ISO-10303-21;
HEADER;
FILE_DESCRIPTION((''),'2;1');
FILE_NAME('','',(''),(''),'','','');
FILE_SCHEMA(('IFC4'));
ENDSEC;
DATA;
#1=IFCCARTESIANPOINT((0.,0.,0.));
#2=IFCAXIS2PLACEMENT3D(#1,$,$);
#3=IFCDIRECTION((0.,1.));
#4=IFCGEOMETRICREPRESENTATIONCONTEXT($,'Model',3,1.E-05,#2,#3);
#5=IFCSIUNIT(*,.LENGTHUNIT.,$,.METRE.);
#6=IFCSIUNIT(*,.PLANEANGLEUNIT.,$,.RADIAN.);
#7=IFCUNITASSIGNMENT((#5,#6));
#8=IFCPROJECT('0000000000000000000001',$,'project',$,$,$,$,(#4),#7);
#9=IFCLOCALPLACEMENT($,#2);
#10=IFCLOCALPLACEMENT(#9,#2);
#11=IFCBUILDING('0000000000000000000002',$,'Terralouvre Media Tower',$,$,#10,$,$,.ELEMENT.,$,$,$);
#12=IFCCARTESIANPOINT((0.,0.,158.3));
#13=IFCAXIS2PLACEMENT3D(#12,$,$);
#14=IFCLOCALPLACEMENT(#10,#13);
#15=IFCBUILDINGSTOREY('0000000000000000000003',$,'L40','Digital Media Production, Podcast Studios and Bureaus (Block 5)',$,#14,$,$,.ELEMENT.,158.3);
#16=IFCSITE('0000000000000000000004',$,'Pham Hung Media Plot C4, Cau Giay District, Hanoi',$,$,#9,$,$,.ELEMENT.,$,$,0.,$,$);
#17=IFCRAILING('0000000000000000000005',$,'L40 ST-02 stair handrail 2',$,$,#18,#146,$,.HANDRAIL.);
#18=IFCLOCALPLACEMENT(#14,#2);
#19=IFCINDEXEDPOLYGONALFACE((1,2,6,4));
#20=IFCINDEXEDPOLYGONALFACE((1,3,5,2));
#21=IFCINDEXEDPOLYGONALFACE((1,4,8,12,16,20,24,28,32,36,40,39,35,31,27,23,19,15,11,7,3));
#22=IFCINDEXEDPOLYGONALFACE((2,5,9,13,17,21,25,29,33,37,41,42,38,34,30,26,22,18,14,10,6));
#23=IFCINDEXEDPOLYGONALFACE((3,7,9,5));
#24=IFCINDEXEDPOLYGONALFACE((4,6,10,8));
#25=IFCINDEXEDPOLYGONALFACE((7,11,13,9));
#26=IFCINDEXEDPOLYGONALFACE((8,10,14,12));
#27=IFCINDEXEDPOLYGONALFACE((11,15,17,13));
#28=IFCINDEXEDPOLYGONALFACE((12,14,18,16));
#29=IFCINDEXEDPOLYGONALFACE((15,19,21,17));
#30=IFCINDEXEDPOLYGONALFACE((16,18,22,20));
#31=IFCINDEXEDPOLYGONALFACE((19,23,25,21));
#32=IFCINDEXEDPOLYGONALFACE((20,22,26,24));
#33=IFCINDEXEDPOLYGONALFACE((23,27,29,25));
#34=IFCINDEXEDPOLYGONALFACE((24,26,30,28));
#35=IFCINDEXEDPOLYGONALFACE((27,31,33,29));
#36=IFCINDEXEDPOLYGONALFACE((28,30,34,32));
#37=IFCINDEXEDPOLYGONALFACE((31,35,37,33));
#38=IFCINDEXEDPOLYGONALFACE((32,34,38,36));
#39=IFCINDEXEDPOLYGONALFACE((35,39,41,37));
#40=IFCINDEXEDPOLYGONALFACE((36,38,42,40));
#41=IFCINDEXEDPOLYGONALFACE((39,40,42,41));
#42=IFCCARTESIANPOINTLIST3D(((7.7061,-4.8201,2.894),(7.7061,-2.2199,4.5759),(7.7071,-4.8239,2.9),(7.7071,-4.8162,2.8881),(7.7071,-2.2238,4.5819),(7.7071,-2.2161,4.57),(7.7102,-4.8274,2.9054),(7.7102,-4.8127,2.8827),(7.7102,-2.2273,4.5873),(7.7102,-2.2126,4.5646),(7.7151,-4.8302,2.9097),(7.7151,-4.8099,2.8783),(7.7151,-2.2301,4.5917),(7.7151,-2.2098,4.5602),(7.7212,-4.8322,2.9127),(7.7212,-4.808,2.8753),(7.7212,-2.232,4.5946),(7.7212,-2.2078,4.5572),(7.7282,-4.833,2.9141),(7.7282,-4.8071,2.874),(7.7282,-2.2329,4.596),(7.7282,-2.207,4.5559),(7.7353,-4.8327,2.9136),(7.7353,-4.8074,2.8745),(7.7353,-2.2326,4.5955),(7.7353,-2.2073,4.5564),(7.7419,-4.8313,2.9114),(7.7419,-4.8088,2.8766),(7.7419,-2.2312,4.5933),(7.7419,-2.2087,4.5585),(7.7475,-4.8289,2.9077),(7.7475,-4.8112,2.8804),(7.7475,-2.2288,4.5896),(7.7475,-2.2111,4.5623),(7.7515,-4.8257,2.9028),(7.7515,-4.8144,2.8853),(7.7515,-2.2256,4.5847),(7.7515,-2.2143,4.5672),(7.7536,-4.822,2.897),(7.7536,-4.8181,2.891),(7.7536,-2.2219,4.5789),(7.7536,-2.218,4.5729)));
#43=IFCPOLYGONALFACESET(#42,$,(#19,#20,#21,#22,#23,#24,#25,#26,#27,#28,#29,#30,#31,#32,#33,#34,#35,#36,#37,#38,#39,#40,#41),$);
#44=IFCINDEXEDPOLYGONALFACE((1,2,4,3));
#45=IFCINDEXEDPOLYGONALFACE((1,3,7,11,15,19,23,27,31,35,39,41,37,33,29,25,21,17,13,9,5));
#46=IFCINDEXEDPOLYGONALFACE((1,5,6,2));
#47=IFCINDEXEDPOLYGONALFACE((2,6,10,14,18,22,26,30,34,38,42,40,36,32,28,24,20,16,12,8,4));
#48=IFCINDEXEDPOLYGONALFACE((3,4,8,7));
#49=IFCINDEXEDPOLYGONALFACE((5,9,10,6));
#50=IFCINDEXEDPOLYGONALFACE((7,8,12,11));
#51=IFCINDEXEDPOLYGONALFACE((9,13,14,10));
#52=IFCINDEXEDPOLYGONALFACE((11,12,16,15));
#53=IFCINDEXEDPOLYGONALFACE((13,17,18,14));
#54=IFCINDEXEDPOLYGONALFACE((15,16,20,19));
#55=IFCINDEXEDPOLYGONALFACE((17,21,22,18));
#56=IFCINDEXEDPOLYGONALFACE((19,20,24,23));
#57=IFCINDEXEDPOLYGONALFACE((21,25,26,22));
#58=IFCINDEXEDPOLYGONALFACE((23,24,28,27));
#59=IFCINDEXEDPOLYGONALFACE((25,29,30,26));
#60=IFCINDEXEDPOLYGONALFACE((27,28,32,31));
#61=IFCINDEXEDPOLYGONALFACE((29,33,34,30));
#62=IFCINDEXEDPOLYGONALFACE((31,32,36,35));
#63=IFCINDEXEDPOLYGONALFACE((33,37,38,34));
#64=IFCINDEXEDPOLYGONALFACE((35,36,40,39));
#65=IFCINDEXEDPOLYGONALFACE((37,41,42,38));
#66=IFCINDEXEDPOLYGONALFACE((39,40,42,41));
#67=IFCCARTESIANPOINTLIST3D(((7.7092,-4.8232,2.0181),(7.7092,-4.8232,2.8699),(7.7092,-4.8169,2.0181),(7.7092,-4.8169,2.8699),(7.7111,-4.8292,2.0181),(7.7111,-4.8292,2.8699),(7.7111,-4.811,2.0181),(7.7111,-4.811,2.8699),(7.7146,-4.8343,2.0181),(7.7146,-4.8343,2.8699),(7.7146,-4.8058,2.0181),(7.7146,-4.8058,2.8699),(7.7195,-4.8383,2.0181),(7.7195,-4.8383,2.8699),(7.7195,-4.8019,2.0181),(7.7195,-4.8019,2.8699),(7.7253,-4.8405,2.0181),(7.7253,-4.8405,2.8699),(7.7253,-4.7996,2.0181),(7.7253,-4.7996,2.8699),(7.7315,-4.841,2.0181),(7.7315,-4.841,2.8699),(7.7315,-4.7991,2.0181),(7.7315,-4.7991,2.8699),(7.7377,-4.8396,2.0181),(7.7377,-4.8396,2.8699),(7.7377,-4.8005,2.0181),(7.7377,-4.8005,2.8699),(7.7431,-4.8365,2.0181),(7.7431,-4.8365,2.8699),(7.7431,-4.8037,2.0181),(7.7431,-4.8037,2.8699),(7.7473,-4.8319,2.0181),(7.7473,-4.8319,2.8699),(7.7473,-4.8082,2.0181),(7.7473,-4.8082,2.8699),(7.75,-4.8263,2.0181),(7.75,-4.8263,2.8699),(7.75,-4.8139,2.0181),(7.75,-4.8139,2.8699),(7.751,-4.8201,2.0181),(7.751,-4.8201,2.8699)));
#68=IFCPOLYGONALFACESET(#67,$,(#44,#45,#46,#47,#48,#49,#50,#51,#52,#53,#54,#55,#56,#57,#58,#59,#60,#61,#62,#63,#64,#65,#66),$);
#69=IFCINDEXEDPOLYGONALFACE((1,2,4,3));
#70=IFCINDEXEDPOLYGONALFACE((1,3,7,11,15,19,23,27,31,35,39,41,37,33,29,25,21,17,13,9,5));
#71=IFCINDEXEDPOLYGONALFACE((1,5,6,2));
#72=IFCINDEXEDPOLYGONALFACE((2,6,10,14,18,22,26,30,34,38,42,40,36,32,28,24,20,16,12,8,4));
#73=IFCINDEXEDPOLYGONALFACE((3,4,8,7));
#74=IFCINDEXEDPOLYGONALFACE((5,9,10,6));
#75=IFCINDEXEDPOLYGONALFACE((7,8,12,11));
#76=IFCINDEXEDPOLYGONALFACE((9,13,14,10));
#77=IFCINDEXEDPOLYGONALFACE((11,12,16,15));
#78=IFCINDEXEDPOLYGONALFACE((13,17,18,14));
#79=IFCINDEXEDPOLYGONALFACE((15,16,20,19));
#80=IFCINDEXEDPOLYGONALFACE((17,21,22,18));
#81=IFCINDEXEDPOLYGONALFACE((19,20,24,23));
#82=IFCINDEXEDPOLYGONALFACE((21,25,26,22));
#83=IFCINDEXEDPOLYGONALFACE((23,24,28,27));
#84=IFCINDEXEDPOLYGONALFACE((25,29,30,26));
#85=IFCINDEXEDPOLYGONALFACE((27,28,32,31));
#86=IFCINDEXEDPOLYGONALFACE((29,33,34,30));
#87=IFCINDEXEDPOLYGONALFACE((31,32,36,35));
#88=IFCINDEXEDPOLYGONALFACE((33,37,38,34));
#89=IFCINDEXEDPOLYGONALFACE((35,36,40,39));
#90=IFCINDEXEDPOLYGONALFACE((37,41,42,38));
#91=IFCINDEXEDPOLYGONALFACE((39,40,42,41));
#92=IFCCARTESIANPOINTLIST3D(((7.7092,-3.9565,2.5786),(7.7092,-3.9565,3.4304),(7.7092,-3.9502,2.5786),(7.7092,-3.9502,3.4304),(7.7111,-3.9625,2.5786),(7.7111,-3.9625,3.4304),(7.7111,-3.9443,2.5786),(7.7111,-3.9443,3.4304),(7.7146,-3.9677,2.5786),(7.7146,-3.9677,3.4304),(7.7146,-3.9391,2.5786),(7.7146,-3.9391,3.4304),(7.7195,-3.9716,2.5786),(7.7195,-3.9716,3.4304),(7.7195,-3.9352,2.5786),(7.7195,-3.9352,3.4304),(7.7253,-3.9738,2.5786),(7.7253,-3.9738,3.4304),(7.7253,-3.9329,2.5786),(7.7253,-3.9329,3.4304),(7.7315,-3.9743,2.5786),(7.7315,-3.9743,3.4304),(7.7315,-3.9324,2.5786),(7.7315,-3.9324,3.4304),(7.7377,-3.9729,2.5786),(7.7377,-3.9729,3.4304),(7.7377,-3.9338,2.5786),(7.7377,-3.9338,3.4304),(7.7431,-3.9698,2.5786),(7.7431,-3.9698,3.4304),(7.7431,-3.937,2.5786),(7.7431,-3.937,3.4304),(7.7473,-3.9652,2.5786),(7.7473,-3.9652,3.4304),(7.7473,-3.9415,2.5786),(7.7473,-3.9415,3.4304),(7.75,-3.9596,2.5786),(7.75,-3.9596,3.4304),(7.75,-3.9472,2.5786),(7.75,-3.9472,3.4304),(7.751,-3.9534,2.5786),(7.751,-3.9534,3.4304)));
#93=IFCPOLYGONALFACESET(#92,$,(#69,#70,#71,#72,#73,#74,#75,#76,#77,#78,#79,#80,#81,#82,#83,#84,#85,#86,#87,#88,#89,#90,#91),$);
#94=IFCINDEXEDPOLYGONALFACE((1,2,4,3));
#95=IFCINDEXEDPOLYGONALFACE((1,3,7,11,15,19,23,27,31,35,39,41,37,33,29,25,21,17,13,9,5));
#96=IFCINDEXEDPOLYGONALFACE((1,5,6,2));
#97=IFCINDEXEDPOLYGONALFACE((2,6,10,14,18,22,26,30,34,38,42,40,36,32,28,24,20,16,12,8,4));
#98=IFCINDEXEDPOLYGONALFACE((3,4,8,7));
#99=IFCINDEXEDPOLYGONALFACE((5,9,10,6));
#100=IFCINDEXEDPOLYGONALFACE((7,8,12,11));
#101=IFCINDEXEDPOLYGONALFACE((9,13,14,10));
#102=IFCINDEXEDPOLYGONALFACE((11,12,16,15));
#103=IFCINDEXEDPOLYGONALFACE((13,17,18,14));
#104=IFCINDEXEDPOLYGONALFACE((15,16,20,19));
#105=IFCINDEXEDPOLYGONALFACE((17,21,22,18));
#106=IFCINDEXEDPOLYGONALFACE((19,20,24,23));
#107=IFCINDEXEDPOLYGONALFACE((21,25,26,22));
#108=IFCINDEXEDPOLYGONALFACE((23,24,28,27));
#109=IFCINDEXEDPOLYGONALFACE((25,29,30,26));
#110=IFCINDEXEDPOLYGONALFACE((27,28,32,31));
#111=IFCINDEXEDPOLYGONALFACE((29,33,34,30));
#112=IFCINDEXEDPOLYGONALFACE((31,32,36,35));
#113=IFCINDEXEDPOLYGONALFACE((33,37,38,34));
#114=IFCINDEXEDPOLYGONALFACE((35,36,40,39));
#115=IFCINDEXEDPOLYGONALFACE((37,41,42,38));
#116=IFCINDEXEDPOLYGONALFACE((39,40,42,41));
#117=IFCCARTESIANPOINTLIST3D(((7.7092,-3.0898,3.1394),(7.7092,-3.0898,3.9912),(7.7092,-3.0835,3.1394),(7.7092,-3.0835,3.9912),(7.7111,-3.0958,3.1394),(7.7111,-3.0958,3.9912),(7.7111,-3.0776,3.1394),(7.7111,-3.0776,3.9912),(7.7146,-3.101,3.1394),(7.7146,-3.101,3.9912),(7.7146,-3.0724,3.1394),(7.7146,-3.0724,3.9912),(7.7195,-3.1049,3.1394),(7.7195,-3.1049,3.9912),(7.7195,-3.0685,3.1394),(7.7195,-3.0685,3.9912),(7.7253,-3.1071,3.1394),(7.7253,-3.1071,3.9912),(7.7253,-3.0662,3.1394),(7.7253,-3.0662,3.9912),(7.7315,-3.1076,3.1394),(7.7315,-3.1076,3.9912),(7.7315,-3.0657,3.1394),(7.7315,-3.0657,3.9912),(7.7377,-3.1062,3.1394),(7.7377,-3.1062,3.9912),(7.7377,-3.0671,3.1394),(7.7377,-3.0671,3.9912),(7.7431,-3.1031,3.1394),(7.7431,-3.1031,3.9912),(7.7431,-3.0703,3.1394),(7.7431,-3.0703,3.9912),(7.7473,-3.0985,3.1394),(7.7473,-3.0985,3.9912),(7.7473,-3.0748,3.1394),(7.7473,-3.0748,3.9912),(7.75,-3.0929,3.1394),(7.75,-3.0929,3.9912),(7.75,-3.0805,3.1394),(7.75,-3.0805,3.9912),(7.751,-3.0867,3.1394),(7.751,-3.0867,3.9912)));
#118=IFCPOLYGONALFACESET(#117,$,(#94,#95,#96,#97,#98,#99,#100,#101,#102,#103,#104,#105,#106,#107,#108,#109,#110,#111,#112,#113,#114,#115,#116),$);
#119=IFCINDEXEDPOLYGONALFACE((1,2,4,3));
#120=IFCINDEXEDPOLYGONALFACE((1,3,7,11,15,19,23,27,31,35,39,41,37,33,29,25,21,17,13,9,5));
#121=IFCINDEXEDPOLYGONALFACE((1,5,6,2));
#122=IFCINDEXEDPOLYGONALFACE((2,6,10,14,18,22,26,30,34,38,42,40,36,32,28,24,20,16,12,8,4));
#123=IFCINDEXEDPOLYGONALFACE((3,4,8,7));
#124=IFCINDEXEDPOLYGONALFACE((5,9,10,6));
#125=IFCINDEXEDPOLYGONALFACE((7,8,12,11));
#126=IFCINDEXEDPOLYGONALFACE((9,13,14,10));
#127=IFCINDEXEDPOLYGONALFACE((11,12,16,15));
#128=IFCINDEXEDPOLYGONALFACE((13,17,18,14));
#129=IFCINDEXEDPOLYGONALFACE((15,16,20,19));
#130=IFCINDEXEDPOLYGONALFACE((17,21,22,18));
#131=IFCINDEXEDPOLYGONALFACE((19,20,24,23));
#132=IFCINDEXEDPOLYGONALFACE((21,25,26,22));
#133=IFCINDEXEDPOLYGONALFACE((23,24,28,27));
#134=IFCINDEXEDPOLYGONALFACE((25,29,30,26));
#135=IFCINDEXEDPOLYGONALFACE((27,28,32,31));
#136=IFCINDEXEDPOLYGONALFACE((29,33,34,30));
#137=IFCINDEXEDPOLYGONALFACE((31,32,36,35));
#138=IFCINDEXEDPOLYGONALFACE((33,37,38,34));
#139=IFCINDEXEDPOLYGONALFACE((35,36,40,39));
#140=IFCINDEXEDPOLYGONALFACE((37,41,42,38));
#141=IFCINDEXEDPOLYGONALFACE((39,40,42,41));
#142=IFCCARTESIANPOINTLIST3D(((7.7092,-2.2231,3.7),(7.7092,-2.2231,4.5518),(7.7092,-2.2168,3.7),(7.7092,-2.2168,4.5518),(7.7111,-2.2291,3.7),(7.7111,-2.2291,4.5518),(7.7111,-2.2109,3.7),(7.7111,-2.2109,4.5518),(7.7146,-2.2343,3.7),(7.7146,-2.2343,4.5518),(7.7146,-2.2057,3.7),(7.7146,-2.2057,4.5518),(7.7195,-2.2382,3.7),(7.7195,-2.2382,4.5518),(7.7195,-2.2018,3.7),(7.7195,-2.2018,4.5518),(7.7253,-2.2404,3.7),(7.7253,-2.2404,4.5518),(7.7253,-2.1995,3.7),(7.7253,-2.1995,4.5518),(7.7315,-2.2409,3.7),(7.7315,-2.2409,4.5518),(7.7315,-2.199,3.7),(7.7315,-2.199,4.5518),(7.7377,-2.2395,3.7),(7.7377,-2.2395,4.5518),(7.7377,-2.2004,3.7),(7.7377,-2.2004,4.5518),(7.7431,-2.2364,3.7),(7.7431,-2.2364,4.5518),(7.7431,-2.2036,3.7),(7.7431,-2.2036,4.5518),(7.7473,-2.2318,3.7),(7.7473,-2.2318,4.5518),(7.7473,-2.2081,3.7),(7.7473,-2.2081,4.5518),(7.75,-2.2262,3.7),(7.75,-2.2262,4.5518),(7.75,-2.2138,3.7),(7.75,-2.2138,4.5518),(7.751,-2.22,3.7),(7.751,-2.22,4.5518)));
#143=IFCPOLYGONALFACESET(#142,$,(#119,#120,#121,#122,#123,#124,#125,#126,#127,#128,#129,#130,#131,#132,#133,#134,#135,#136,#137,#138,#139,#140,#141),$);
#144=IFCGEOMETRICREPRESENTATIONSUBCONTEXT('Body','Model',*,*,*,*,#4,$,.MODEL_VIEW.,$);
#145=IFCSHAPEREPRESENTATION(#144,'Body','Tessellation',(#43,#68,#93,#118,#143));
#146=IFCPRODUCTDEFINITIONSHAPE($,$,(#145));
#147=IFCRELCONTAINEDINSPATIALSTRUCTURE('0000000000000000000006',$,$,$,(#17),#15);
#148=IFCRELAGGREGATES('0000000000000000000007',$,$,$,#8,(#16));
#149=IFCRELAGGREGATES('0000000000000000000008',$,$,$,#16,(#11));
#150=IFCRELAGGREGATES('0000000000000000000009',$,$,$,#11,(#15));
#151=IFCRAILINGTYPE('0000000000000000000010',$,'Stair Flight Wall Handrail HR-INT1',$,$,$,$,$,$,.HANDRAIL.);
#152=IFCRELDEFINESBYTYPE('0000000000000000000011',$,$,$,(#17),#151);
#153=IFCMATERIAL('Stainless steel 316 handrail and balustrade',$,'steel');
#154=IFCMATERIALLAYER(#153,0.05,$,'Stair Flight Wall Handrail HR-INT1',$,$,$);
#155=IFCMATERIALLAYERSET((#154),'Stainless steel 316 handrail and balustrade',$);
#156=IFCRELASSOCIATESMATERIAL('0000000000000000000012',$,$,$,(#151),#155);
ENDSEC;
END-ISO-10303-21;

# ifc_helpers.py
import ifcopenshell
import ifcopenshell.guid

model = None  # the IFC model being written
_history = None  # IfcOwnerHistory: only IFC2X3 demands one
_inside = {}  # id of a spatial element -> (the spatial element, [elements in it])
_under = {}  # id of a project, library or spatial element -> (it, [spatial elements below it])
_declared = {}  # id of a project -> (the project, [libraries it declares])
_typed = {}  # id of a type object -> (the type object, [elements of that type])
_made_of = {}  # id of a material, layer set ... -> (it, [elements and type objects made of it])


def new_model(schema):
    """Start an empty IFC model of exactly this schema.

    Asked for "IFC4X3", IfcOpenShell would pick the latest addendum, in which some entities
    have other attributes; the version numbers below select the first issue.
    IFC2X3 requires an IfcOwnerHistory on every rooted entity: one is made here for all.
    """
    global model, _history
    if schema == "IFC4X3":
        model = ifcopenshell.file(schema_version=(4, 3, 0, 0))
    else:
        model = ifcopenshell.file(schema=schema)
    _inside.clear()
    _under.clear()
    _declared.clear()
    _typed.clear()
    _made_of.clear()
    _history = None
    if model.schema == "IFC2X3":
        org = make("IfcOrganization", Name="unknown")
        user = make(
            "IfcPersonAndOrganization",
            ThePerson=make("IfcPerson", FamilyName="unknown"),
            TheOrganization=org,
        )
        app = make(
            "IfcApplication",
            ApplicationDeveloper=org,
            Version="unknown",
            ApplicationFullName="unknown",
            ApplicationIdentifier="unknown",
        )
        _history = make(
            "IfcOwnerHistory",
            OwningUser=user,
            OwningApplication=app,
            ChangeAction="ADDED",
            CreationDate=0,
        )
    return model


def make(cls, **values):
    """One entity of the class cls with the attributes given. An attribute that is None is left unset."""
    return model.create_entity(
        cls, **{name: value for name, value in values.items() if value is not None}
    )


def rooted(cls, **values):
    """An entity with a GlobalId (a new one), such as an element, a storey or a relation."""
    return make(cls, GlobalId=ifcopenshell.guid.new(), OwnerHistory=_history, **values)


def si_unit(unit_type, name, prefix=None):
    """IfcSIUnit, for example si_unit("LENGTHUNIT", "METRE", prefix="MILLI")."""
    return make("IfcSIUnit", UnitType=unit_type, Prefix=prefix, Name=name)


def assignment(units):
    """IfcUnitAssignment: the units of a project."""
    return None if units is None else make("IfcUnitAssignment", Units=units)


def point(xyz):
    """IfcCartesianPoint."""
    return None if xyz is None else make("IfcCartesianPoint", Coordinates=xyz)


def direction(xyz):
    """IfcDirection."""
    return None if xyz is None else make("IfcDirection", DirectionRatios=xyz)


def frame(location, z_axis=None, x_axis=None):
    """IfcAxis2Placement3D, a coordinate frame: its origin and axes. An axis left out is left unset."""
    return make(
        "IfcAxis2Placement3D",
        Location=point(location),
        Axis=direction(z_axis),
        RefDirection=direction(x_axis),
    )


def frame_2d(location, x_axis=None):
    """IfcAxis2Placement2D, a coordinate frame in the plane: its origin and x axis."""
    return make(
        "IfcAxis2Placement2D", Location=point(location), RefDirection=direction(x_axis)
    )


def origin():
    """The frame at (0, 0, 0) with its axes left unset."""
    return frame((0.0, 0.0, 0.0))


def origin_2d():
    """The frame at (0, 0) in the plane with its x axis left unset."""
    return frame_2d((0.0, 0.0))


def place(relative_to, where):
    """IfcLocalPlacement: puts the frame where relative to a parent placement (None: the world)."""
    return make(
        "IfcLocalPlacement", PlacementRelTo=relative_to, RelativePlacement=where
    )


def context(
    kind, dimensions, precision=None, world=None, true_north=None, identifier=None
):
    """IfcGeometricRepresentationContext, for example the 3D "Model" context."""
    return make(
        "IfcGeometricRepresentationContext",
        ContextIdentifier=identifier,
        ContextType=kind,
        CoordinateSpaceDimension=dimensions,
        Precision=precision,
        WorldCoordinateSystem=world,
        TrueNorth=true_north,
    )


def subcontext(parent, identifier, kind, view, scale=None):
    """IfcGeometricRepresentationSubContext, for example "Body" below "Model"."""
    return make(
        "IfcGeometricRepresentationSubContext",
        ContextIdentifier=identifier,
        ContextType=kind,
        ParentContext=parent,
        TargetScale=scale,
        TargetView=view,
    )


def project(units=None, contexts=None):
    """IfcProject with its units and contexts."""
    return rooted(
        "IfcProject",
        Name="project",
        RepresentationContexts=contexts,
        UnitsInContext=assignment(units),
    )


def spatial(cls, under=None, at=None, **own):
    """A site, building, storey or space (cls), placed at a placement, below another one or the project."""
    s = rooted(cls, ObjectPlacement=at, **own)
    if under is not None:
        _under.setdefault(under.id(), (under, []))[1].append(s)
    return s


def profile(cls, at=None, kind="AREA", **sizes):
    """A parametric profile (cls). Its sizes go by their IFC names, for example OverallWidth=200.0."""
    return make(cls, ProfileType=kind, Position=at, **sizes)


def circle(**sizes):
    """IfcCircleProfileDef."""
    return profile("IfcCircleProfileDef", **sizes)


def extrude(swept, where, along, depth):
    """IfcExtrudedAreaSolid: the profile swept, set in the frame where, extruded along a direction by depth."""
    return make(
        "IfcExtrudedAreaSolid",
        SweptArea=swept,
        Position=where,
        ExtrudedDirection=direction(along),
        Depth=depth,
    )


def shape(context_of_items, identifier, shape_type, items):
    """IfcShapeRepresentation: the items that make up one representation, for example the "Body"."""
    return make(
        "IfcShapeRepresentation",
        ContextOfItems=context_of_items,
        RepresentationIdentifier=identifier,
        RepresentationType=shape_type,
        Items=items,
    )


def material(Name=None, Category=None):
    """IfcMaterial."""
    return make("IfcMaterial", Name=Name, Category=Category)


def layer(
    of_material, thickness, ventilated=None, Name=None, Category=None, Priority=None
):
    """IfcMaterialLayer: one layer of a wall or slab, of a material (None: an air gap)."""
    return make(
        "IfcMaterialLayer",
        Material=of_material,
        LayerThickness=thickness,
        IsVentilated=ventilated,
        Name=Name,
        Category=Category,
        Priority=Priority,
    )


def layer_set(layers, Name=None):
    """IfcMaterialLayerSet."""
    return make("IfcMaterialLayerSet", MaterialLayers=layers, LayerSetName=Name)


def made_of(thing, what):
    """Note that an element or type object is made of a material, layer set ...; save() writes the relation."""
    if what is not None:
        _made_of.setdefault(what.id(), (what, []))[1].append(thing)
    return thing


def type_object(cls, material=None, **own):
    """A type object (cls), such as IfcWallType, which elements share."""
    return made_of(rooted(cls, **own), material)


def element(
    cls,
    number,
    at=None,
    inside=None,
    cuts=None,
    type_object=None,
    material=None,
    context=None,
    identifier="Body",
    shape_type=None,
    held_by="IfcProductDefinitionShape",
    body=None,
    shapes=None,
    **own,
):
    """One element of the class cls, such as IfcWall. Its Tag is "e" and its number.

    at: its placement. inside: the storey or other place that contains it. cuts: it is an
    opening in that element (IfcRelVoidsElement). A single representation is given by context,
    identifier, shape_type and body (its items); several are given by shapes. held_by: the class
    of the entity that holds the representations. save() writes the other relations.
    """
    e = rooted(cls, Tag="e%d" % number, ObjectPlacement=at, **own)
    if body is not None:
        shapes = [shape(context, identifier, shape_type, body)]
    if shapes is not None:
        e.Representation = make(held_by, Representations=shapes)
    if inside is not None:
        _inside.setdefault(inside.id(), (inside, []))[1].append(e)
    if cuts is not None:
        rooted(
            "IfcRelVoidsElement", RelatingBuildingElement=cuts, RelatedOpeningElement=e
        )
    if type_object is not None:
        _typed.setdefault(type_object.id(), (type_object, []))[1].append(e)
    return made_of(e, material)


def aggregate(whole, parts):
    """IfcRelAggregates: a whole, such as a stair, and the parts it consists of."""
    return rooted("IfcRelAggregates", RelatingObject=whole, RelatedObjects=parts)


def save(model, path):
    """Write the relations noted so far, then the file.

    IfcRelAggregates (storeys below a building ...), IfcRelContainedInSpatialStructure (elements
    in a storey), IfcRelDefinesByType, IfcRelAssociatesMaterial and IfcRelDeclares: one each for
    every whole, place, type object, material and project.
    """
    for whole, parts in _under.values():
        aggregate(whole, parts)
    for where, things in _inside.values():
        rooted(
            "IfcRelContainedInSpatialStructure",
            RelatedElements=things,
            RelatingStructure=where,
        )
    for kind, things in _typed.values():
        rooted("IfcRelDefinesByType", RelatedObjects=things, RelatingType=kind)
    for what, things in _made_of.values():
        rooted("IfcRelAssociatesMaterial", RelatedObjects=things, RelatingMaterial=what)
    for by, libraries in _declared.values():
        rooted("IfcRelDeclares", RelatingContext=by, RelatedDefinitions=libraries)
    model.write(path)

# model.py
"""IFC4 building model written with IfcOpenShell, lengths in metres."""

from ifc_helpers import new_model, si_unit, direction, frame, origin, origin_2d, place, context, subcontext, project, spatial, circle, extrude, material, layer, layer_set, type_object, element, save


model = new_model("IFC4")

# Units and contexts
model_context = context("Model", 3, precision=1e-05, world=origin(), true_north=direction((0.0, 1.0)))
body_context = subcontext(model_context, "Body", "Model", "MODEL_VIEW")
ifc_project = project(units=[si_unit("LENGTHUNIT", "METRE"), si_unit("PLANEANGLEUNIT", "RADIAN")], contexts=[model_context])

# Site, building, storey
site_placement = place(None, origin())
site = spatial("IfcSite", under=ifc_project, at=site_placement, Name="Pham Hung Media Plot C4, Cau Giay District, Hanoi", CompositionType="ELEMENT", RefElevation=0.0)
building_placement = place(site_placement, origin())
building = spatial("IfcBuilding", under=site, at=building_placement, Name="Terralouvre Media Tower", CompositionType="ELEMENT")
storey_placement = place(building_placement, frame((0.0, 0.0, 158.3)))
storey = spatial("IfcBuildingStorey", under=building, at=storey_placement, Name="L40", Description="Digital Media Production, Podcast Studios and Bureaus (Block 5)", CompositionType="ELEMENT", Elevation=158.3)

# Railing
ifc_material_1 = material(Name="Stainless steel 316 handrail and balustrade", Category="steel")
ifc_layer_1 = layer(ifc_material_1, 0.05, Name="Stair Flight Wall Handrail HR-INT1")
ifc_layer_set_1 = layer_set([ifc_layer_1], Name="Stainless steel 316 handrail and balustrade")
railing_type_1 = type_object("IfcRailingType", Name="Stair Flight Wall Handrail HR-INT1", PredefinedType="HANDRAIL", material=ifc_layer_set_1)
railing_1_placement = place(storey_placement, frame((7.73, -4.8201, 2.0181)))
element("IfcRailing", 1, at=railing_1_placement, inside=storey, type_object=railing_type_1, Name="L40 ST-02 stair handrail 2", PredefinedType="HANDRAIL", context=body_context, shape_type="SweptSolid", body=[
    extrude(circle(Radius=0.0239, at=origin_2d()), frame((0.0, 0.0, 0.876), z_axis=(0.0, 0.839648, 0.54313), x_axis=(-1.0, 0.0, 0.0)), (0.0, 0.0, 1.0), 3.0967),
    extrude(circle(Radius=0.021, at=origin_2d()), origin(), (0.0, 0.0, 1.0), 0.8518),
    extrude(circle(Radius=0.021, at=origin_2d()), frame((0.0, 0.8667, 0.5605)), (0.0, 0.0, 1.0), 0.8518),
    extrude(circle(Radius=0.021, at=origin_2d()), frame((0.0, 1.7334, 1.1213)), (0.0, 0.0, 1.0), 0.8518),
    extrude(circle(Radius=0.021, at=origin_2d()), frame((0.0, 2.6001, 1.6819)), (0.0, 0.0, 1.0), 0.8518),
])

save(model, "model.ifc")
